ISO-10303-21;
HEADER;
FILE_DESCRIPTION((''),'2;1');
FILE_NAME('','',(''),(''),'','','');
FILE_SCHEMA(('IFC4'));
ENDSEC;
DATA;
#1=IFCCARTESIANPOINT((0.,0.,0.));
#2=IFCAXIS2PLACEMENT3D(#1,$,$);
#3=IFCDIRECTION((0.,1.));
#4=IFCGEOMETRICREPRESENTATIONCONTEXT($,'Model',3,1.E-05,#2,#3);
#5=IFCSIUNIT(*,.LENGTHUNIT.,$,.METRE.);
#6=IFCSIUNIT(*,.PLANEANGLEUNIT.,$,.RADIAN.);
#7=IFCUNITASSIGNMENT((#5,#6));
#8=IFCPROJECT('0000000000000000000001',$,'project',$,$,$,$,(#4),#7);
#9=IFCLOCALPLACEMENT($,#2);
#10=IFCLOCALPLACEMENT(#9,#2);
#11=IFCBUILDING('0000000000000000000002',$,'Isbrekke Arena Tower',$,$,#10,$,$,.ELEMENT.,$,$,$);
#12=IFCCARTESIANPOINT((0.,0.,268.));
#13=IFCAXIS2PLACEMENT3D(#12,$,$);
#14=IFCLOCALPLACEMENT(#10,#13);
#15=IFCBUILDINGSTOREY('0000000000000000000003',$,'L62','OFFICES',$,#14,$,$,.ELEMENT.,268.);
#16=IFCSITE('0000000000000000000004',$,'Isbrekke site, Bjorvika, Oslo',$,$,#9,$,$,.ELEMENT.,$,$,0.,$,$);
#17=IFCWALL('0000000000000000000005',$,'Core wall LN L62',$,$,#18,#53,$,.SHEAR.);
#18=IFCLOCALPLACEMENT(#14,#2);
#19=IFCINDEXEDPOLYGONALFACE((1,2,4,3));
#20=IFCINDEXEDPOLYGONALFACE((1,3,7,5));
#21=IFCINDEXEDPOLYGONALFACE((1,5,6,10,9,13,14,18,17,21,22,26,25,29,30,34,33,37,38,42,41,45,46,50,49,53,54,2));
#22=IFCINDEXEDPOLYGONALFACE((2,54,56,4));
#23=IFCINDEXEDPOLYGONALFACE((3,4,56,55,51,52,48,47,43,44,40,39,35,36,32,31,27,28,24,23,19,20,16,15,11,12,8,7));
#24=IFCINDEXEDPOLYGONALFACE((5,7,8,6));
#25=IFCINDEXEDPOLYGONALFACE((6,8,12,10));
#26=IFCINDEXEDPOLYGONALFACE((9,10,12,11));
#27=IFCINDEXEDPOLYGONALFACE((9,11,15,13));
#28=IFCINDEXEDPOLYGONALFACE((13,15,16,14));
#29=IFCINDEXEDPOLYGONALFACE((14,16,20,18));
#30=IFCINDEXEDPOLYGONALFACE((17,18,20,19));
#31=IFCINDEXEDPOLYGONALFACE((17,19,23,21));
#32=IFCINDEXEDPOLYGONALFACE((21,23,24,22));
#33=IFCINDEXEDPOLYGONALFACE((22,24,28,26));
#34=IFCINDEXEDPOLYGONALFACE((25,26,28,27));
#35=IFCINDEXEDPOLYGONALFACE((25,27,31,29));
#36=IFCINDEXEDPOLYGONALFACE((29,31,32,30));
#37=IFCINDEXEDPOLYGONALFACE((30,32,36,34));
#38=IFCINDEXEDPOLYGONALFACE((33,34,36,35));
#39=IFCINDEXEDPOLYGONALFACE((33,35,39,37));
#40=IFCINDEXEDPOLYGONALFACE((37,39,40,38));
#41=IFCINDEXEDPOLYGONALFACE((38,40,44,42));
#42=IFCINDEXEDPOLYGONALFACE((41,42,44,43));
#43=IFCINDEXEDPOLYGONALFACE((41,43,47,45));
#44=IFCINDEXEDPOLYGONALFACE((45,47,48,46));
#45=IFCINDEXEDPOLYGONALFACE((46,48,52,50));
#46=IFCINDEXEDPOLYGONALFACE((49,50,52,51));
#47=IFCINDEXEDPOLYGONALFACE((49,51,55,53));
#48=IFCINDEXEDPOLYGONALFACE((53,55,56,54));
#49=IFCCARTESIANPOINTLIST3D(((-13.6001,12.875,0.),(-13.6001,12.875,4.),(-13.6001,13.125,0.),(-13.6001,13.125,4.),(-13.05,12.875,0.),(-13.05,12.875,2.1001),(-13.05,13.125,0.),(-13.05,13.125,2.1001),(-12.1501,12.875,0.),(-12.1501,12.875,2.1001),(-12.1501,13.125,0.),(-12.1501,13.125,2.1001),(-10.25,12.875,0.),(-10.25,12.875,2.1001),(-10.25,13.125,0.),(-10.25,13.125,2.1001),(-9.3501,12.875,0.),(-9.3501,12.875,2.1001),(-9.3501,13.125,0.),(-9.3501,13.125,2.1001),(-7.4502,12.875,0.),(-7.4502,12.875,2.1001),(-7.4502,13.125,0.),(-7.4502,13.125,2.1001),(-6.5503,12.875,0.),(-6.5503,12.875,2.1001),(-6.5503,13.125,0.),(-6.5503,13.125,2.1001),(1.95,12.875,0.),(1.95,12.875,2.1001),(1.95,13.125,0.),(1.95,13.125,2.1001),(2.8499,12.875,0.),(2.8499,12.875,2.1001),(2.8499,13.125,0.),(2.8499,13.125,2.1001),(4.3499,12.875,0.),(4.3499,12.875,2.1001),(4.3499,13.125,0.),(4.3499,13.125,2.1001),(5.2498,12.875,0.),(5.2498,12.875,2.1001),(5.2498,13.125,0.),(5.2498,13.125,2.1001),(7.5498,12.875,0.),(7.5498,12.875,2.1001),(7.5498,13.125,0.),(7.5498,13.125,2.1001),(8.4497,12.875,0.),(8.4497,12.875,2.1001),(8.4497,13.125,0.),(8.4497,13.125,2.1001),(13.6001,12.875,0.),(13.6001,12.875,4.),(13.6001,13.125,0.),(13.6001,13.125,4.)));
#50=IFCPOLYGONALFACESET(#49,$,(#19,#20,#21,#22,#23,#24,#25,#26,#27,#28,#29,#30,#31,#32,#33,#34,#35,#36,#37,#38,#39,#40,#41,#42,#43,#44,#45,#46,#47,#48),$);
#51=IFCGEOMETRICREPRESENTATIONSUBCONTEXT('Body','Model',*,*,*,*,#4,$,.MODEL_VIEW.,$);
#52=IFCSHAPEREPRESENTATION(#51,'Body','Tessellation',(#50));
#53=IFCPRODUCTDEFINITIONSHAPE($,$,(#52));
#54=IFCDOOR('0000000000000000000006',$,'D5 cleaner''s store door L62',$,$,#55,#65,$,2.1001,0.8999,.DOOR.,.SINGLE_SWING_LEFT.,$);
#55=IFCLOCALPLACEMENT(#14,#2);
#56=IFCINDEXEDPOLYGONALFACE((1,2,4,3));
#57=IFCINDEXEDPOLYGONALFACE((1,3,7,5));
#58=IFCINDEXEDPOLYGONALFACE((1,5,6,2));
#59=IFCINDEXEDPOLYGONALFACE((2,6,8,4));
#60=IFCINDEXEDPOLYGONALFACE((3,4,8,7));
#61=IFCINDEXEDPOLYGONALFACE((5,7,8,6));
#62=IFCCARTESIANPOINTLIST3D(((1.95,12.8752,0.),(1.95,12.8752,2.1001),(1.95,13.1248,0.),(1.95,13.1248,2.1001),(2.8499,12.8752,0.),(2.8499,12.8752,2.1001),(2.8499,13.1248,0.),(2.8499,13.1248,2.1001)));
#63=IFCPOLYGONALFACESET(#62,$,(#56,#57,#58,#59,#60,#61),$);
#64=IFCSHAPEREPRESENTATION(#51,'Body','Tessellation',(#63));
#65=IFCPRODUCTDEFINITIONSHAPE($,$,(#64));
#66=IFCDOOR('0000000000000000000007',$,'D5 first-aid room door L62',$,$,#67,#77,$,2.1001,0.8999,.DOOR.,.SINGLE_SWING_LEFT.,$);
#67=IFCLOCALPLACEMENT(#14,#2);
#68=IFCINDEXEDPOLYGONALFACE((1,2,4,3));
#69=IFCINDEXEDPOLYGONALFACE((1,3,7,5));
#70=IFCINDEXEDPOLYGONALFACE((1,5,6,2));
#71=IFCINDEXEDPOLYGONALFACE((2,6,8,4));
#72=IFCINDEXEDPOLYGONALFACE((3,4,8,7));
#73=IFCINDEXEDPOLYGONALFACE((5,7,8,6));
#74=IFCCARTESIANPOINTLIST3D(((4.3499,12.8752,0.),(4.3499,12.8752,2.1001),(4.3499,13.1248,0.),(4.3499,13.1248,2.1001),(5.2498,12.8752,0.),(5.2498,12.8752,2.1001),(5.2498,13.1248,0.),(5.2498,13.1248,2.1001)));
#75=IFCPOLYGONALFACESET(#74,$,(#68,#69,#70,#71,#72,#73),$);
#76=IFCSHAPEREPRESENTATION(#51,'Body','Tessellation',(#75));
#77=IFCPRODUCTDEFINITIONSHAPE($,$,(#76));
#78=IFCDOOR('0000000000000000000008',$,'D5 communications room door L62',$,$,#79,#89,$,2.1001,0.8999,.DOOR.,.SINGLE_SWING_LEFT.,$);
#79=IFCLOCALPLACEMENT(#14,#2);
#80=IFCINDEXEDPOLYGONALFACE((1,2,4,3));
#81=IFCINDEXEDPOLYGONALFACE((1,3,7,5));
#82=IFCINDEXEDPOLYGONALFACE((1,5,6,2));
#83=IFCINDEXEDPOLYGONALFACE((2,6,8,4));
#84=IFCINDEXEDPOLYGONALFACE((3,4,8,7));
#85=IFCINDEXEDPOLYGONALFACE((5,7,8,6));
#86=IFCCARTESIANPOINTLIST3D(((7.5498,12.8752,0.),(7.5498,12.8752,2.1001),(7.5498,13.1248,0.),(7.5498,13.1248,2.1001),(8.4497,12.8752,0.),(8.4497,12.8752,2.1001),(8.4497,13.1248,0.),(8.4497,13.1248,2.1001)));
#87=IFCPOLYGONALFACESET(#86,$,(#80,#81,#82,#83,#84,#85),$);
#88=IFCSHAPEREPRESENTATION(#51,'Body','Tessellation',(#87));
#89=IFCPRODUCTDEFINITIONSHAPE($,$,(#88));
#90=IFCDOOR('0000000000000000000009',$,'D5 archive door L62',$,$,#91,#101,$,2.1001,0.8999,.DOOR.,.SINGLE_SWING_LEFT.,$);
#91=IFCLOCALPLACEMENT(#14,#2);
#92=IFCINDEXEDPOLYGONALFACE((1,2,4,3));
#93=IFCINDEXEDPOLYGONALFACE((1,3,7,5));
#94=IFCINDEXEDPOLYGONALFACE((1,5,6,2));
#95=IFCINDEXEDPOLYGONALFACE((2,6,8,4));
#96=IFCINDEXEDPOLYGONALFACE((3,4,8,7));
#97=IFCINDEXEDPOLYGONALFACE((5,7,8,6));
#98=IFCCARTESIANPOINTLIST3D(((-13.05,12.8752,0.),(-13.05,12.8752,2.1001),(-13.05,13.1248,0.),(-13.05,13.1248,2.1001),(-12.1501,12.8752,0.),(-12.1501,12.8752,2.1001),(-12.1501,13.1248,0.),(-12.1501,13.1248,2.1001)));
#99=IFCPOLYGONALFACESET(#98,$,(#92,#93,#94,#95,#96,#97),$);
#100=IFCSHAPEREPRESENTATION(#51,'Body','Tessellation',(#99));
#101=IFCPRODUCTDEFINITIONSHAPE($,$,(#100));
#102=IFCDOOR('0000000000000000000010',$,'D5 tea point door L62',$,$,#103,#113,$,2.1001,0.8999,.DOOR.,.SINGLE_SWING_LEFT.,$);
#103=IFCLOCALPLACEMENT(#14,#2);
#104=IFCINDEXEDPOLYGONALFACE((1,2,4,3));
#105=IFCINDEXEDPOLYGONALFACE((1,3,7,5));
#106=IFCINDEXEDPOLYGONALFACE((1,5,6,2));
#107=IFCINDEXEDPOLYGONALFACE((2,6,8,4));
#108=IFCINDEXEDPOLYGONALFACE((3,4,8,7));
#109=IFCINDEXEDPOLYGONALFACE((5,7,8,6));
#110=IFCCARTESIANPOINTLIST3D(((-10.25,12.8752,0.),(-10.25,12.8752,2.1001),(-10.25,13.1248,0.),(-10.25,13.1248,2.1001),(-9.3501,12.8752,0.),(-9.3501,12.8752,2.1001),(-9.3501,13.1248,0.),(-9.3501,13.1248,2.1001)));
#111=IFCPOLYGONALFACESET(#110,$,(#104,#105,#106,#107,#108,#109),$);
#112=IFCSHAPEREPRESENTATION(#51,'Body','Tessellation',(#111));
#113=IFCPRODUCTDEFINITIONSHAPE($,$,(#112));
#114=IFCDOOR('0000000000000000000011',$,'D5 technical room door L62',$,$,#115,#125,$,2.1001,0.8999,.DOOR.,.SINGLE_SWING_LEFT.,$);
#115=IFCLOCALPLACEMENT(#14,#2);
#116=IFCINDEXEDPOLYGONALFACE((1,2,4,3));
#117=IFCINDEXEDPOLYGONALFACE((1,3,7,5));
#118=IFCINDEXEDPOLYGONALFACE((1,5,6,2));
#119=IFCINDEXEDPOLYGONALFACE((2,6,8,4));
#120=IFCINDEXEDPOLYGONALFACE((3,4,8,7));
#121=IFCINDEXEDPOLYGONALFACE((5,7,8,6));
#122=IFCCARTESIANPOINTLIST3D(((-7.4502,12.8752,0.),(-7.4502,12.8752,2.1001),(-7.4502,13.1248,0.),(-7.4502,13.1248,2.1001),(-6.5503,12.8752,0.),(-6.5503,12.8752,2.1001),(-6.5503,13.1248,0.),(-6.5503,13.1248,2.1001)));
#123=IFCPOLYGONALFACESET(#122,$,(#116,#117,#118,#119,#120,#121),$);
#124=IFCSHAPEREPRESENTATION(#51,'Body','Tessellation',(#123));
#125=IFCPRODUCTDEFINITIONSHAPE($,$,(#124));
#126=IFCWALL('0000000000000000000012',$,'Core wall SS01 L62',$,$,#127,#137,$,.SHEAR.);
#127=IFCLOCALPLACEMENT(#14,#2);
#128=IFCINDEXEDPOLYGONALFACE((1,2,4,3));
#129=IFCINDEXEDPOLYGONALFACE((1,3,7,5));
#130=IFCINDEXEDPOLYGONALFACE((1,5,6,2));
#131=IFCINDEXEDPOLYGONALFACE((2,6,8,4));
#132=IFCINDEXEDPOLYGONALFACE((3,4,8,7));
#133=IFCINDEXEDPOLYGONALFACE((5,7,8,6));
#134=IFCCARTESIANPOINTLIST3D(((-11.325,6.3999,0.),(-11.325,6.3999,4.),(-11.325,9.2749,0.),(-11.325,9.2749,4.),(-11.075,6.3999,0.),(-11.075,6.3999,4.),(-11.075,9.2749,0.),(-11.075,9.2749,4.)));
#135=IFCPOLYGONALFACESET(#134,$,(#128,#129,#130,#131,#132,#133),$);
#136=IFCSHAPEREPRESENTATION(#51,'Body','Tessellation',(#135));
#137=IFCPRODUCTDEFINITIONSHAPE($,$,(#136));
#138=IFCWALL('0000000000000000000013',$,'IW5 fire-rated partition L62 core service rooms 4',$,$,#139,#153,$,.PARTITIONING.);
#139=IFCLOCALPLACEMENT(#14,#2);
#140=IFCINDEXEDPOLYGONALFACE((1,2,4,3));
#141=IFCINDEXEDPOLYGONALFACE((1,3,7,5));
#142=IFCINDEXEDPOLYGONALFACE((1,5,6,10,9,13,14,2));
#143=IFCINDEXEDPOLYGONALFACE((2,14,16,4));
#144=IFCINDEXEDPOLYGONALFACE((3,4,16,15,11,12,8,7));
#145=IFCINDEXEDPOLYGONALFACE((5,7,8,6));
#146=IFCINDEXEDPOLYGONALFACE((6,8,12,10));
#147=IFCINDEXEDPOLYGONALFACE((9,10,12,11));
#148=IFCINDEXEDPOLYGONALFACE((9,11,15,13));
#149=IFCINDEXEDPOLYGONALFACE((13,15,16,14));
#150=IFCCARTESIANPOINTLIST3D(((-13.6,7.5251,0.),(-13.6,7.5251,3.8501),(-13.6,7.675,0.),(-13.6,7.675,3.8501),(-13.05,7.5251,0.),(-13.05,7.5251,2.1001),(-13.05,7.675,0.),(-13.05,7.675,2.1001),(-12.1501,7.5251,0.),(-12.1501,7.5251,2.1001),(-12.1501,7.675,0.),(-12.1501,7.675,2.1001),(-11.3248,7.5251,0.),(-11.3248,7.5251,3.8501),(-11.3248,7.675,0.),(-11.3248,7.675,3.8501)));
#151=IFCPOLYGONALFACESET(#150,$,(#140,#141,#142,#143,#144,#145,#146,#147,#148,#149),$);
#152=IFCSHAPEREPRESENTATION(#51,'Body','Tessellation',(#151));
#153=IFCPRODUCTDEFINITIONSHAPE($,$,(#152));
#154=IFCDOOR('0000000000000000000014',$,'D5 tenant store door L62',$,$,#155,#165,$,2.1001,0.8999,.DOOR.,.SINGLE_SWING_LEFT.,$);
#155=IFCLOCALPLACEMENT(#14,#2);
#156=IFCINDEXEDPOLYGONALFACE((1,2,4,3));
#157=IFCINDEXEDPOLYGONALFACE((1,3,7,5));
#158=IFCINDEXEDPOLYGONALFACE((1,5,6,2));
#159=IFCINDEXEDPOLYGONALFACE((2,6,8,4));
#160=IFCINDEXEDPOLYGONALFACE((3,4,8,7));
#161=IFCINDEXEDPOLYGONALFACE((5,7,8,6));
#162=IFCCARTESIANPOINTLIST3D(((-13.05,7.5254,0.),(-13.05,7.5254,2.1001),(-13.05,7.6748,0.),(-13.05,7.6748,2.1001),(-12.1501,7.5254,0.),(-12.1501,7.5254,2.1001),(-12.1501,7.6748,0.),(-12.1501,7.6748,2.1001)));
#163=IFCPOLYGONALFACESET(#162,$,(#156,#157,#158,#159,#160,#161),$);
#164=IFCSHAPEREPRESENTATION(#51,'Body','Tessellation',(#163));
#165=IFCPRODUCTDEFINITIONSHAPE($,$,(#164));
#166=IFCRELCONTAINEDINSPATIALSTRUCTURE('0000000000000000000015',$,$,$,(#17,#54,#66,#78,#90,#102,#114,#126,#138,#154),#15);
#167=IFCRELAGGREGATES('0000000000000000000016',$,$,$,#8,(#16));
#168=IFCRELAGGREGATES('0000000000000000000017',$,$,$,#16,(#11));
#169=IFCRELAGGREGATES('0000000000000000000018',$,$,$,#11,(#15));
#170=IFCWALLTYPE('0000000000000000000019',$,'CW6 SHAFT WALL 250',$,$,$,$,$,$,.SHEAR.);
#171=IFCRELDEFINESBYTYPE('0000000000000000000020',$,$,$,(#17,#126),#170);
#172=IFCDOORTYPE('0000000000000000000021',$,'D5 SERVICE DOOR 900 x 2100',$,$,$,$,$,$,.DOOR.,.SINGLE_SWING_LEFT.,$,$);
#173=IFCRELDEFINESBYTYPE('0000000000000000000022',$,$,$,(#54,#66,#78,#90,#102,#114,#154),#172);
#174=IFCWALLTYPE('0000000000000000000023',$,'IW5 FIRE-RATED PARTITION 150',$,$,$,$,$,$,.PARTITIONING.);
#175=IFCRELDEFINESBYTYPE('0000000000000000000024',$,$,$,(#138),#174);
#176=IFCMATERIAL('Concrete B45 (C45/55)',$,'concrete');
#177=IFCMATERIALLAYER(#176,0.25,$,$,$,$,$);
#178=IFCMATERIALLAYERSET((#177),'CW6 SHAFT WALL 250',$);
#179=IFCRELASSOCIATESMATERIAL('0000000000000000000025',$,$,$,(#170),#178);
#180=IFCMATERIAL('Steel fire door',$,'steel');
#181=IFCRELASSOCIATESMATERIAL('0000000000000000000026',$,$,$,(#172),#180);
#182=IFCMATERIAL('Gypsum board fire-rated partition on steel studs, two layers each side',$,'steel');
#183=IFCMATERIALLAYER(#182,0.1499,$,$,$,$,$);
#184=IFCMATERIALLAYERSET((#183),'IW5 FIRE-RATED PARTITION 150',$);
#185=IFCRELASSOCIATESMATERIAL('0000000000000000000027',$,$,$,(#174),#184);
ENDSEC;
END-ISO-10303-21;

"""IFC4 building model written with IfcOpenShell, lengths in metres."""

from ifc_helpers import new_model, si_unit, direction, frame, frame_2d, origin, place, context, subcontext, project, spatial, rectangle, extrude, material, layer, layer_set, type_object, element, fill, save


model = new_model("IFC4")

# Units and contexts
model_context = context("Model", 3, precision=1e-05, world=origin(), true_north=direction((0.0, 1.0)))
body_context = subcontext(model_context, "Body", "Model", "MODEL_VIEW")
ifc_project = project(units=[si_unit("LENGTHUNIT", "METRE"), si_unit("PLANEANGLEUNIT", "RADIAN")], contexts=[model_context])

# Site, building, storey
site_placement = place(None, origin())
site = spatial("IfcSite", under=ifc_project, at=site_placement, Name="Isbrekke site, Bjorvika, Oslo", CompositionType="ELEMENT", RefElevation=0.0)
building_placement = place(site_placement, origin())
building = spatial("IfcBuilding", under=site, at=building_placement, Name="Isbrekke Arena Tower", CompositionType="ELEMENT")
storey_placement = place(building_placement, frame((0.0, 0.0, 268.0)))
storey = spatial("IfcBuildingStorey", under=building, at=storey_placement, Name="L62", Description="OFFICES", CompositionType="ELEMENT", Elevation=268.0)

# Wall, openings, doors
ifc_material_1 = material(Name="Concrete B45 (C45/55)", Category="concrete")
ifc_layer_1 = layer(ifc_material_1, 0.25)
ifc_layer_set_1 = layer_set([ifc_layer_1], Name="CW6 SHAFT WALL 250")
wall_type_1 = type_object("IfcWallType", Name="CW6 SHAFT WALL 250", PredefinedType="SHEAR", material=ifc_layer_set_1)
ifc_material_2 = material(Name="Steel fire door", Category="steel")
door_type_1 = type_object("IfcDoorType", Name="D5 SERVICE DOOR 900 x 2100", OperationType="SINGLE_SWING_LEFT", PredefinedType="DOOR", material=ifc_material_2)
wall_1_placement = place(storey_placement, frame((-13.6001, 13.0, 0.0), z_axis=(0.0, 0.0, 1.0), x_axis=(1.0, 0.0, 0.0)))
wall_1 = element("IfcWall", 1, at=wall_1_placement, inside=storey, type_object=wall_type_1, Name="Core wall LN L62", PredefinedType="SHEAR", context=body_context, shape_type="SweptSolid", body=[
    extrude(rectangle(XDim=27.2002, YDim=0.25, at=frame_2d((13.6001, 0.0))), origin(), (0.0, 0.0, 1.0), 4.0),
])
opening_1_placement = place(wall_1_placement, frame((15.55, 0.0, 0.0)))
opening_1 = element("IfcOpeningElement", 2, at=opening_1_placement, cuts=wall_1, PredefinedType="OPENING", context=body_context, shape_type="SweptSolid", body=[
    extrude(rectangle(XDim=0.8999, YDim=2.1001, at=frame_2d((0.45, 1.05))), frame((0.0, 0.1399, 0.0), z_axis=(0.0, -1.0, 0.0), x_axis=(1.0, 0.0, 0.0)), (0.0, 0.0, 1.0), 0.2798),
])
opening_2_placement = place(wall_1_placement, frame((17.95, 0.0, 0.0)))
opening_2 = element("IfcOpeningElement", 3, at=opening_2_placement, cuts=wall_1, PredefinedType="OPENING", context=body_context, shape_type="SweptSolid", body=[
    extrude(rectangle(XDim=0.8999, YDim=2.1001, at=frame_2d((0.45, 1.05))), frame((0.0, 0.1399, 0.0), z_axis=(0.0, -1.0, 0.0), x_axis=(1.0, 0.0, 0.0)), (0.0, 0.0, 1.0), 0.2798),
])
opening_3_placement = place(wall_1_placement, frame((21.1499, 0.0, 0.0)))
opening_3 = element("IfcOpeningElement", 4, at=opening_3_placement, cuts=wall_1, PredefinedType="OPENING", context=body_context, shape_type="SweptSolid", body=[
    extrude(rectangle(XDim=0.8999, YDim=2.1001, at=frame_2d((0.45, 1.05))), frame((0.0, 0.1399, 0.0), z_axis=(0.0, -1.0, 0.0), x_axis=(1.0, 0.0, 0.0)), (0.0, 0.0, 1.0), 0.2798),
])
opening_4_placement = place(wall_1_placement, frame((0.55, 0.0, 0.0)))
opening_4 = element("IfcOpeningElement", 5, at=opening_4_placement, cuts=wall_1, PredefinedType="OPENING", context=body_context, shape_type="SweptSolid", body=[
    extrude(rectangle(XDim=0.8999, YDim=2.1001, at=frame_2d((0.45, 1.05))), frame((0.0, 0.1399, 0.0), z_axis=(0.0, -1.0, 0.0), x_axis=(1.0, 0.0, 0.0)), (0.0, 0.0, 1.0), 0.2798),
])
opening_5_placement = place(wall_1_placement, frame((3.3501, 0.0, 0.0)))
opening_5 = element("IfcOpeningElement", 6, at=opening_5_placement, cuts=wall_1, PredefinedType="OPENING", context=body_context, shape_type="SweptSolid", body=[
    extrude(rectangle(XDim=0.8999, YDim=2.1001, at=frame_2d((0.45, 1.05))), frame((0.0, 0.1399, 0.0), z_axis=(0.0, -1.0, 0.0), x_axis=(1.0, 0.0, 0.0)), (0.0, 0.0, 1.0), 0.2798),
])
opening_6_placement = place(wall_1_placement, frame((6.1499, 0.0, 0.0)))
opening_6 = element("IfcOpeningElement", 7, at=opening_6_placement, cuts=wall_1, PredefinedType="OPENING", context=body_context, shape_type="SweptSolid", body=[
    extrude(rectangle(XDim=0.8999, YDim=2.1001, at=frame_2d((0.45, 1.05))), frame((0.0, 0.1399, 0.0), z_axis=(0.0, -1.0, 0.0), x_axis=(1.0, 0.0, 0.0)), (0.0, 0.0, 1.0), 0.2798),
])
door_1_placement = place(opening_1_placement, origin())
door_1 = element("IfcDoor", 8, at=door_1_placement, inside=storey, type_object=door_type_1, Name="D5 cleaner's store door L62", OperationType="SINGLE_SWING_LEFT", OverallHeight=2.1001, OverallWidth=0.8999, PredefinedType="DOOR", context=body_context, shape_type="SweptSolid", body=[
    extrude(rectangle(XDim=0.8999, YDim=2.1001, at=frame_2d((0.45, 1.05))), frame((0.0, 0.1248, 0.0), z_axis=(0.0, -1.0, 0.0), x_axis=(1.0, 0.0, 0.0)), (0.0, 0.0, 1.0), 0.2495),
])
fill(opening_1, door_1)
door_2_placement = place(opening_2_placement, origin())
door_2 = element("IfcDoor", 9, at=door_2_placement, inside=storey, type_object=door_type_1, Name="D5 first-aid room door L62", OperationType="SINGLE_SWING_LEFT", OverallHeight=2.1001, OverallWidth=0.8999, PredefinedType="DOOR", context=body_context, shape_type="SweptSolid", body=[
    extrude(rectangle(XDim=0.8999, YDim=2.1001, at=frame_2d((0.45, 1.05))), frame((0.0, 0.1248, 0.0), z_axis=(0.0, -1.0, 0.0), x_axis=(1.0, 0.0, 0.0)), (0.0, 0.0, 1.0), 0.2495),
])
fill(opening_2, door_2)
door_3_placement = place(opening_3_placement, origin())
door_3 = element("IfcDoor", 10, at=door_3_placement, inside=storey, type_object=door_type_1, Name="D5 communications room door L62", OperationType="SINGLE_SWING_LEFT", OverallHeight=2.1001, OverallWidth=0.8999, PredefinedType="DOOR", context=body_context, shape_type="SweptSolid", body=[
    extrude(rectangle(XDim=0.8999, YDim=2.1001, at=frame_2d((0.45, 1.05))), frame((0.0, 0.1248, 0.0), z_axis=(0.0, -1.0, 0.0), x_axis=(1.0, 0.0, 0.0)), (0.0, 0.0, 1.0), 0.2495),
])
fill(opening_3, door_3)
door_4_placement = place(opening_4_placement, origin())
door_4 = element("IfcDoor", 11, at=door_4_placement, inside=storey, type_object=door_type_1, Name="D5 archive door L62", OperationType="SINGLE_SWING_LEFT", OverallHeight=2.1001, OverallWidth=0.8999, PredefinedType="DOOR", context=body_context, shape_type="SweptSolid", body=[
    extrude(rectangle(XDim=0.8999, YDim=2.1001, at=frame_2d((0.45, 1.05))), frame((0.0, 0.1248, 0.0), z_axis=(0.0, -1.0, 0.0), x_axis=(1.0, 0.0, 0.0)), (0.0, 0.0, 1.0), 0.2495),
])
fill(opening_4, door_4)
door_5_placement = place(opening_5_placement, origin())
door_5 = element("IfcDoor", 12, at=door_5_placement, inside=storey, type_object=door_type_1, Name="D5 tea point door L62", OperationType="SINGLE_SWING_LEFT", OverallHeight=2.1001, OverallWidth=0.8999, PredefinedType="DOOR", context=body_context, shape_type="SweptSolid", body=[
    extrude(rectangle(XDim=0.8999, YDim=2.1001, at=frame_2d((0.45, 1.05))), frame((0.0, 0.1248, 0.0), z_axis=(0.0, -1.0, 0.0), x_axis=(1.0, 0.0, 0.0)), (0.0, 0.0, 1.0), 0.2495),
])
fill(opening_5, door_5)
door_6_placement = place(opening_6_placement, origin())
door_6 = element("IfcDoor", 13, at=door_6_placement, inside=storey, type_object=door_type_1, Name="D5 technical room door L62", OperationType="SINGLE_SWING_LEFT", OverallHeight=2.1001, OverallWidth=0.8999, PredefinedType="DOOR", context=body_context, shape_type="SweptSolid", body=[
    extrude(rectangle(XDim=0.8999, YDim=2.1001, at=frame_2d((0.45, 1.05))), frame((0.0, 0.1248, 0.0), z_axis=(0.0, -1.0, 0.0), x_axis=(1.0, 0.0, 0.0)), (0.0, 0.0, 1.0), 0.2495),
])
fill(opening_6, door_6)

# Wall
wall_2_placement = place(storey_placement, frame((-11.2, 6.3999, 0.0), z_axis=(0.0, 0.0, 1.0), x_axis=(0.0, 1.0, 0.0)))
element("IfcWall", 14, at=wall_2_placement, inside=storey, type_object=wall_type_1, Name="Core wall SS01 L62", PredefinedType="SHEAR", context=body_context, shape_type="SweptSolid", body=[
    extrude(rectangle(XDim=2.875, YDim=0.25, at=frame_2d((1.4375, 0.0))), origin(), (0.0, 0.0, 1.0), 4.0),
])

# Wall, opening, door
ifc_material_3 = material(Name="Gypsum board fire-rated partition on steel studs, two layers each side", Category="steel")
ifc_layer_2 = layer(ifc_material_3, 0.1499)
ifc_layer_set_2 = layer_set([ifc_layer_2], Name="IW5 FIRE-RATED PARTITION 150")
wall_type_2 = type_object("IfcWallType", Name="IW5 FIRE-RATED PARTITION 150", PredefinedType="PARTITIONING", material=ifc_layer_set_2)
wall_3_placement = place(storey_placement, frame((-13.6001, 7.6001, 0.0), z_axis=(0.0, 0.0, 1.0), x_axis=(1.0, 0.0, 0.0)))
wall_3 = element("IfcWall", 15, at=wall_3_placement, inside=storey, type_object=wall_type_2, Name="IW5 fire-rated partition L62 core service rooms 4", PredefinedType="PARTITIONING", context=body_context, shape_type="SweptSolid", body=[
    extrude(rectangle(XDim=2.2751, YDim=0.1499, at=frame_2d((1.1377, 0.0))), origin(), (0.0, 0.0, 1.0), 3.8501),
])
opening_7_placement = place(wall_3_placement, frame((0.55, 0.0, 0.0)))
opening_7 = element("IfcOpeningElement", 16, at=opening_7_placement, cuts=wall_3, PredefinedType="OPENING", context=body_context, shape_type="SweptSolid", body=[
    extrude(rectangle(XDim=0.8999, YDim=2.1001, at=frame_2d((0.45, 1.05))), frame((0.0, 0.0898, 0.0), z_axis=(0.0, -1.0, 0.0), x_axis=(1.0, 0.0, 0.0)), (0.0, 0.0, 1.0), 0.1797),
])
door_7_placement = place(opening_7_placement, origin())
door_7 = element("IfcDoor", 17, at=door_7_placement, inside=storey, type_object=door_type_1, Name="D5 tenant store door L62", OperationType="SINGLE_SWING_LEFT", OverallHeight=2.1001, OverallWidth=0.8999, PredefinedType="DOOR", context=body_context, shape_type="SweptSolid", body=[
    extrude(rectangle(XDim=0.8999, YDim=2.1001, at=frame_2d((0.45, 1.05))), frame((0.0, 0.0747, 0.0), z_axis=(0.0, -1.0, 0.0), x_axis=(1.0, 0.0, 0.0)), (0.0, 0.0, 1.0), 0.1494),
])
fill(opening_7, door_7)

save(model, "model.ifc")
